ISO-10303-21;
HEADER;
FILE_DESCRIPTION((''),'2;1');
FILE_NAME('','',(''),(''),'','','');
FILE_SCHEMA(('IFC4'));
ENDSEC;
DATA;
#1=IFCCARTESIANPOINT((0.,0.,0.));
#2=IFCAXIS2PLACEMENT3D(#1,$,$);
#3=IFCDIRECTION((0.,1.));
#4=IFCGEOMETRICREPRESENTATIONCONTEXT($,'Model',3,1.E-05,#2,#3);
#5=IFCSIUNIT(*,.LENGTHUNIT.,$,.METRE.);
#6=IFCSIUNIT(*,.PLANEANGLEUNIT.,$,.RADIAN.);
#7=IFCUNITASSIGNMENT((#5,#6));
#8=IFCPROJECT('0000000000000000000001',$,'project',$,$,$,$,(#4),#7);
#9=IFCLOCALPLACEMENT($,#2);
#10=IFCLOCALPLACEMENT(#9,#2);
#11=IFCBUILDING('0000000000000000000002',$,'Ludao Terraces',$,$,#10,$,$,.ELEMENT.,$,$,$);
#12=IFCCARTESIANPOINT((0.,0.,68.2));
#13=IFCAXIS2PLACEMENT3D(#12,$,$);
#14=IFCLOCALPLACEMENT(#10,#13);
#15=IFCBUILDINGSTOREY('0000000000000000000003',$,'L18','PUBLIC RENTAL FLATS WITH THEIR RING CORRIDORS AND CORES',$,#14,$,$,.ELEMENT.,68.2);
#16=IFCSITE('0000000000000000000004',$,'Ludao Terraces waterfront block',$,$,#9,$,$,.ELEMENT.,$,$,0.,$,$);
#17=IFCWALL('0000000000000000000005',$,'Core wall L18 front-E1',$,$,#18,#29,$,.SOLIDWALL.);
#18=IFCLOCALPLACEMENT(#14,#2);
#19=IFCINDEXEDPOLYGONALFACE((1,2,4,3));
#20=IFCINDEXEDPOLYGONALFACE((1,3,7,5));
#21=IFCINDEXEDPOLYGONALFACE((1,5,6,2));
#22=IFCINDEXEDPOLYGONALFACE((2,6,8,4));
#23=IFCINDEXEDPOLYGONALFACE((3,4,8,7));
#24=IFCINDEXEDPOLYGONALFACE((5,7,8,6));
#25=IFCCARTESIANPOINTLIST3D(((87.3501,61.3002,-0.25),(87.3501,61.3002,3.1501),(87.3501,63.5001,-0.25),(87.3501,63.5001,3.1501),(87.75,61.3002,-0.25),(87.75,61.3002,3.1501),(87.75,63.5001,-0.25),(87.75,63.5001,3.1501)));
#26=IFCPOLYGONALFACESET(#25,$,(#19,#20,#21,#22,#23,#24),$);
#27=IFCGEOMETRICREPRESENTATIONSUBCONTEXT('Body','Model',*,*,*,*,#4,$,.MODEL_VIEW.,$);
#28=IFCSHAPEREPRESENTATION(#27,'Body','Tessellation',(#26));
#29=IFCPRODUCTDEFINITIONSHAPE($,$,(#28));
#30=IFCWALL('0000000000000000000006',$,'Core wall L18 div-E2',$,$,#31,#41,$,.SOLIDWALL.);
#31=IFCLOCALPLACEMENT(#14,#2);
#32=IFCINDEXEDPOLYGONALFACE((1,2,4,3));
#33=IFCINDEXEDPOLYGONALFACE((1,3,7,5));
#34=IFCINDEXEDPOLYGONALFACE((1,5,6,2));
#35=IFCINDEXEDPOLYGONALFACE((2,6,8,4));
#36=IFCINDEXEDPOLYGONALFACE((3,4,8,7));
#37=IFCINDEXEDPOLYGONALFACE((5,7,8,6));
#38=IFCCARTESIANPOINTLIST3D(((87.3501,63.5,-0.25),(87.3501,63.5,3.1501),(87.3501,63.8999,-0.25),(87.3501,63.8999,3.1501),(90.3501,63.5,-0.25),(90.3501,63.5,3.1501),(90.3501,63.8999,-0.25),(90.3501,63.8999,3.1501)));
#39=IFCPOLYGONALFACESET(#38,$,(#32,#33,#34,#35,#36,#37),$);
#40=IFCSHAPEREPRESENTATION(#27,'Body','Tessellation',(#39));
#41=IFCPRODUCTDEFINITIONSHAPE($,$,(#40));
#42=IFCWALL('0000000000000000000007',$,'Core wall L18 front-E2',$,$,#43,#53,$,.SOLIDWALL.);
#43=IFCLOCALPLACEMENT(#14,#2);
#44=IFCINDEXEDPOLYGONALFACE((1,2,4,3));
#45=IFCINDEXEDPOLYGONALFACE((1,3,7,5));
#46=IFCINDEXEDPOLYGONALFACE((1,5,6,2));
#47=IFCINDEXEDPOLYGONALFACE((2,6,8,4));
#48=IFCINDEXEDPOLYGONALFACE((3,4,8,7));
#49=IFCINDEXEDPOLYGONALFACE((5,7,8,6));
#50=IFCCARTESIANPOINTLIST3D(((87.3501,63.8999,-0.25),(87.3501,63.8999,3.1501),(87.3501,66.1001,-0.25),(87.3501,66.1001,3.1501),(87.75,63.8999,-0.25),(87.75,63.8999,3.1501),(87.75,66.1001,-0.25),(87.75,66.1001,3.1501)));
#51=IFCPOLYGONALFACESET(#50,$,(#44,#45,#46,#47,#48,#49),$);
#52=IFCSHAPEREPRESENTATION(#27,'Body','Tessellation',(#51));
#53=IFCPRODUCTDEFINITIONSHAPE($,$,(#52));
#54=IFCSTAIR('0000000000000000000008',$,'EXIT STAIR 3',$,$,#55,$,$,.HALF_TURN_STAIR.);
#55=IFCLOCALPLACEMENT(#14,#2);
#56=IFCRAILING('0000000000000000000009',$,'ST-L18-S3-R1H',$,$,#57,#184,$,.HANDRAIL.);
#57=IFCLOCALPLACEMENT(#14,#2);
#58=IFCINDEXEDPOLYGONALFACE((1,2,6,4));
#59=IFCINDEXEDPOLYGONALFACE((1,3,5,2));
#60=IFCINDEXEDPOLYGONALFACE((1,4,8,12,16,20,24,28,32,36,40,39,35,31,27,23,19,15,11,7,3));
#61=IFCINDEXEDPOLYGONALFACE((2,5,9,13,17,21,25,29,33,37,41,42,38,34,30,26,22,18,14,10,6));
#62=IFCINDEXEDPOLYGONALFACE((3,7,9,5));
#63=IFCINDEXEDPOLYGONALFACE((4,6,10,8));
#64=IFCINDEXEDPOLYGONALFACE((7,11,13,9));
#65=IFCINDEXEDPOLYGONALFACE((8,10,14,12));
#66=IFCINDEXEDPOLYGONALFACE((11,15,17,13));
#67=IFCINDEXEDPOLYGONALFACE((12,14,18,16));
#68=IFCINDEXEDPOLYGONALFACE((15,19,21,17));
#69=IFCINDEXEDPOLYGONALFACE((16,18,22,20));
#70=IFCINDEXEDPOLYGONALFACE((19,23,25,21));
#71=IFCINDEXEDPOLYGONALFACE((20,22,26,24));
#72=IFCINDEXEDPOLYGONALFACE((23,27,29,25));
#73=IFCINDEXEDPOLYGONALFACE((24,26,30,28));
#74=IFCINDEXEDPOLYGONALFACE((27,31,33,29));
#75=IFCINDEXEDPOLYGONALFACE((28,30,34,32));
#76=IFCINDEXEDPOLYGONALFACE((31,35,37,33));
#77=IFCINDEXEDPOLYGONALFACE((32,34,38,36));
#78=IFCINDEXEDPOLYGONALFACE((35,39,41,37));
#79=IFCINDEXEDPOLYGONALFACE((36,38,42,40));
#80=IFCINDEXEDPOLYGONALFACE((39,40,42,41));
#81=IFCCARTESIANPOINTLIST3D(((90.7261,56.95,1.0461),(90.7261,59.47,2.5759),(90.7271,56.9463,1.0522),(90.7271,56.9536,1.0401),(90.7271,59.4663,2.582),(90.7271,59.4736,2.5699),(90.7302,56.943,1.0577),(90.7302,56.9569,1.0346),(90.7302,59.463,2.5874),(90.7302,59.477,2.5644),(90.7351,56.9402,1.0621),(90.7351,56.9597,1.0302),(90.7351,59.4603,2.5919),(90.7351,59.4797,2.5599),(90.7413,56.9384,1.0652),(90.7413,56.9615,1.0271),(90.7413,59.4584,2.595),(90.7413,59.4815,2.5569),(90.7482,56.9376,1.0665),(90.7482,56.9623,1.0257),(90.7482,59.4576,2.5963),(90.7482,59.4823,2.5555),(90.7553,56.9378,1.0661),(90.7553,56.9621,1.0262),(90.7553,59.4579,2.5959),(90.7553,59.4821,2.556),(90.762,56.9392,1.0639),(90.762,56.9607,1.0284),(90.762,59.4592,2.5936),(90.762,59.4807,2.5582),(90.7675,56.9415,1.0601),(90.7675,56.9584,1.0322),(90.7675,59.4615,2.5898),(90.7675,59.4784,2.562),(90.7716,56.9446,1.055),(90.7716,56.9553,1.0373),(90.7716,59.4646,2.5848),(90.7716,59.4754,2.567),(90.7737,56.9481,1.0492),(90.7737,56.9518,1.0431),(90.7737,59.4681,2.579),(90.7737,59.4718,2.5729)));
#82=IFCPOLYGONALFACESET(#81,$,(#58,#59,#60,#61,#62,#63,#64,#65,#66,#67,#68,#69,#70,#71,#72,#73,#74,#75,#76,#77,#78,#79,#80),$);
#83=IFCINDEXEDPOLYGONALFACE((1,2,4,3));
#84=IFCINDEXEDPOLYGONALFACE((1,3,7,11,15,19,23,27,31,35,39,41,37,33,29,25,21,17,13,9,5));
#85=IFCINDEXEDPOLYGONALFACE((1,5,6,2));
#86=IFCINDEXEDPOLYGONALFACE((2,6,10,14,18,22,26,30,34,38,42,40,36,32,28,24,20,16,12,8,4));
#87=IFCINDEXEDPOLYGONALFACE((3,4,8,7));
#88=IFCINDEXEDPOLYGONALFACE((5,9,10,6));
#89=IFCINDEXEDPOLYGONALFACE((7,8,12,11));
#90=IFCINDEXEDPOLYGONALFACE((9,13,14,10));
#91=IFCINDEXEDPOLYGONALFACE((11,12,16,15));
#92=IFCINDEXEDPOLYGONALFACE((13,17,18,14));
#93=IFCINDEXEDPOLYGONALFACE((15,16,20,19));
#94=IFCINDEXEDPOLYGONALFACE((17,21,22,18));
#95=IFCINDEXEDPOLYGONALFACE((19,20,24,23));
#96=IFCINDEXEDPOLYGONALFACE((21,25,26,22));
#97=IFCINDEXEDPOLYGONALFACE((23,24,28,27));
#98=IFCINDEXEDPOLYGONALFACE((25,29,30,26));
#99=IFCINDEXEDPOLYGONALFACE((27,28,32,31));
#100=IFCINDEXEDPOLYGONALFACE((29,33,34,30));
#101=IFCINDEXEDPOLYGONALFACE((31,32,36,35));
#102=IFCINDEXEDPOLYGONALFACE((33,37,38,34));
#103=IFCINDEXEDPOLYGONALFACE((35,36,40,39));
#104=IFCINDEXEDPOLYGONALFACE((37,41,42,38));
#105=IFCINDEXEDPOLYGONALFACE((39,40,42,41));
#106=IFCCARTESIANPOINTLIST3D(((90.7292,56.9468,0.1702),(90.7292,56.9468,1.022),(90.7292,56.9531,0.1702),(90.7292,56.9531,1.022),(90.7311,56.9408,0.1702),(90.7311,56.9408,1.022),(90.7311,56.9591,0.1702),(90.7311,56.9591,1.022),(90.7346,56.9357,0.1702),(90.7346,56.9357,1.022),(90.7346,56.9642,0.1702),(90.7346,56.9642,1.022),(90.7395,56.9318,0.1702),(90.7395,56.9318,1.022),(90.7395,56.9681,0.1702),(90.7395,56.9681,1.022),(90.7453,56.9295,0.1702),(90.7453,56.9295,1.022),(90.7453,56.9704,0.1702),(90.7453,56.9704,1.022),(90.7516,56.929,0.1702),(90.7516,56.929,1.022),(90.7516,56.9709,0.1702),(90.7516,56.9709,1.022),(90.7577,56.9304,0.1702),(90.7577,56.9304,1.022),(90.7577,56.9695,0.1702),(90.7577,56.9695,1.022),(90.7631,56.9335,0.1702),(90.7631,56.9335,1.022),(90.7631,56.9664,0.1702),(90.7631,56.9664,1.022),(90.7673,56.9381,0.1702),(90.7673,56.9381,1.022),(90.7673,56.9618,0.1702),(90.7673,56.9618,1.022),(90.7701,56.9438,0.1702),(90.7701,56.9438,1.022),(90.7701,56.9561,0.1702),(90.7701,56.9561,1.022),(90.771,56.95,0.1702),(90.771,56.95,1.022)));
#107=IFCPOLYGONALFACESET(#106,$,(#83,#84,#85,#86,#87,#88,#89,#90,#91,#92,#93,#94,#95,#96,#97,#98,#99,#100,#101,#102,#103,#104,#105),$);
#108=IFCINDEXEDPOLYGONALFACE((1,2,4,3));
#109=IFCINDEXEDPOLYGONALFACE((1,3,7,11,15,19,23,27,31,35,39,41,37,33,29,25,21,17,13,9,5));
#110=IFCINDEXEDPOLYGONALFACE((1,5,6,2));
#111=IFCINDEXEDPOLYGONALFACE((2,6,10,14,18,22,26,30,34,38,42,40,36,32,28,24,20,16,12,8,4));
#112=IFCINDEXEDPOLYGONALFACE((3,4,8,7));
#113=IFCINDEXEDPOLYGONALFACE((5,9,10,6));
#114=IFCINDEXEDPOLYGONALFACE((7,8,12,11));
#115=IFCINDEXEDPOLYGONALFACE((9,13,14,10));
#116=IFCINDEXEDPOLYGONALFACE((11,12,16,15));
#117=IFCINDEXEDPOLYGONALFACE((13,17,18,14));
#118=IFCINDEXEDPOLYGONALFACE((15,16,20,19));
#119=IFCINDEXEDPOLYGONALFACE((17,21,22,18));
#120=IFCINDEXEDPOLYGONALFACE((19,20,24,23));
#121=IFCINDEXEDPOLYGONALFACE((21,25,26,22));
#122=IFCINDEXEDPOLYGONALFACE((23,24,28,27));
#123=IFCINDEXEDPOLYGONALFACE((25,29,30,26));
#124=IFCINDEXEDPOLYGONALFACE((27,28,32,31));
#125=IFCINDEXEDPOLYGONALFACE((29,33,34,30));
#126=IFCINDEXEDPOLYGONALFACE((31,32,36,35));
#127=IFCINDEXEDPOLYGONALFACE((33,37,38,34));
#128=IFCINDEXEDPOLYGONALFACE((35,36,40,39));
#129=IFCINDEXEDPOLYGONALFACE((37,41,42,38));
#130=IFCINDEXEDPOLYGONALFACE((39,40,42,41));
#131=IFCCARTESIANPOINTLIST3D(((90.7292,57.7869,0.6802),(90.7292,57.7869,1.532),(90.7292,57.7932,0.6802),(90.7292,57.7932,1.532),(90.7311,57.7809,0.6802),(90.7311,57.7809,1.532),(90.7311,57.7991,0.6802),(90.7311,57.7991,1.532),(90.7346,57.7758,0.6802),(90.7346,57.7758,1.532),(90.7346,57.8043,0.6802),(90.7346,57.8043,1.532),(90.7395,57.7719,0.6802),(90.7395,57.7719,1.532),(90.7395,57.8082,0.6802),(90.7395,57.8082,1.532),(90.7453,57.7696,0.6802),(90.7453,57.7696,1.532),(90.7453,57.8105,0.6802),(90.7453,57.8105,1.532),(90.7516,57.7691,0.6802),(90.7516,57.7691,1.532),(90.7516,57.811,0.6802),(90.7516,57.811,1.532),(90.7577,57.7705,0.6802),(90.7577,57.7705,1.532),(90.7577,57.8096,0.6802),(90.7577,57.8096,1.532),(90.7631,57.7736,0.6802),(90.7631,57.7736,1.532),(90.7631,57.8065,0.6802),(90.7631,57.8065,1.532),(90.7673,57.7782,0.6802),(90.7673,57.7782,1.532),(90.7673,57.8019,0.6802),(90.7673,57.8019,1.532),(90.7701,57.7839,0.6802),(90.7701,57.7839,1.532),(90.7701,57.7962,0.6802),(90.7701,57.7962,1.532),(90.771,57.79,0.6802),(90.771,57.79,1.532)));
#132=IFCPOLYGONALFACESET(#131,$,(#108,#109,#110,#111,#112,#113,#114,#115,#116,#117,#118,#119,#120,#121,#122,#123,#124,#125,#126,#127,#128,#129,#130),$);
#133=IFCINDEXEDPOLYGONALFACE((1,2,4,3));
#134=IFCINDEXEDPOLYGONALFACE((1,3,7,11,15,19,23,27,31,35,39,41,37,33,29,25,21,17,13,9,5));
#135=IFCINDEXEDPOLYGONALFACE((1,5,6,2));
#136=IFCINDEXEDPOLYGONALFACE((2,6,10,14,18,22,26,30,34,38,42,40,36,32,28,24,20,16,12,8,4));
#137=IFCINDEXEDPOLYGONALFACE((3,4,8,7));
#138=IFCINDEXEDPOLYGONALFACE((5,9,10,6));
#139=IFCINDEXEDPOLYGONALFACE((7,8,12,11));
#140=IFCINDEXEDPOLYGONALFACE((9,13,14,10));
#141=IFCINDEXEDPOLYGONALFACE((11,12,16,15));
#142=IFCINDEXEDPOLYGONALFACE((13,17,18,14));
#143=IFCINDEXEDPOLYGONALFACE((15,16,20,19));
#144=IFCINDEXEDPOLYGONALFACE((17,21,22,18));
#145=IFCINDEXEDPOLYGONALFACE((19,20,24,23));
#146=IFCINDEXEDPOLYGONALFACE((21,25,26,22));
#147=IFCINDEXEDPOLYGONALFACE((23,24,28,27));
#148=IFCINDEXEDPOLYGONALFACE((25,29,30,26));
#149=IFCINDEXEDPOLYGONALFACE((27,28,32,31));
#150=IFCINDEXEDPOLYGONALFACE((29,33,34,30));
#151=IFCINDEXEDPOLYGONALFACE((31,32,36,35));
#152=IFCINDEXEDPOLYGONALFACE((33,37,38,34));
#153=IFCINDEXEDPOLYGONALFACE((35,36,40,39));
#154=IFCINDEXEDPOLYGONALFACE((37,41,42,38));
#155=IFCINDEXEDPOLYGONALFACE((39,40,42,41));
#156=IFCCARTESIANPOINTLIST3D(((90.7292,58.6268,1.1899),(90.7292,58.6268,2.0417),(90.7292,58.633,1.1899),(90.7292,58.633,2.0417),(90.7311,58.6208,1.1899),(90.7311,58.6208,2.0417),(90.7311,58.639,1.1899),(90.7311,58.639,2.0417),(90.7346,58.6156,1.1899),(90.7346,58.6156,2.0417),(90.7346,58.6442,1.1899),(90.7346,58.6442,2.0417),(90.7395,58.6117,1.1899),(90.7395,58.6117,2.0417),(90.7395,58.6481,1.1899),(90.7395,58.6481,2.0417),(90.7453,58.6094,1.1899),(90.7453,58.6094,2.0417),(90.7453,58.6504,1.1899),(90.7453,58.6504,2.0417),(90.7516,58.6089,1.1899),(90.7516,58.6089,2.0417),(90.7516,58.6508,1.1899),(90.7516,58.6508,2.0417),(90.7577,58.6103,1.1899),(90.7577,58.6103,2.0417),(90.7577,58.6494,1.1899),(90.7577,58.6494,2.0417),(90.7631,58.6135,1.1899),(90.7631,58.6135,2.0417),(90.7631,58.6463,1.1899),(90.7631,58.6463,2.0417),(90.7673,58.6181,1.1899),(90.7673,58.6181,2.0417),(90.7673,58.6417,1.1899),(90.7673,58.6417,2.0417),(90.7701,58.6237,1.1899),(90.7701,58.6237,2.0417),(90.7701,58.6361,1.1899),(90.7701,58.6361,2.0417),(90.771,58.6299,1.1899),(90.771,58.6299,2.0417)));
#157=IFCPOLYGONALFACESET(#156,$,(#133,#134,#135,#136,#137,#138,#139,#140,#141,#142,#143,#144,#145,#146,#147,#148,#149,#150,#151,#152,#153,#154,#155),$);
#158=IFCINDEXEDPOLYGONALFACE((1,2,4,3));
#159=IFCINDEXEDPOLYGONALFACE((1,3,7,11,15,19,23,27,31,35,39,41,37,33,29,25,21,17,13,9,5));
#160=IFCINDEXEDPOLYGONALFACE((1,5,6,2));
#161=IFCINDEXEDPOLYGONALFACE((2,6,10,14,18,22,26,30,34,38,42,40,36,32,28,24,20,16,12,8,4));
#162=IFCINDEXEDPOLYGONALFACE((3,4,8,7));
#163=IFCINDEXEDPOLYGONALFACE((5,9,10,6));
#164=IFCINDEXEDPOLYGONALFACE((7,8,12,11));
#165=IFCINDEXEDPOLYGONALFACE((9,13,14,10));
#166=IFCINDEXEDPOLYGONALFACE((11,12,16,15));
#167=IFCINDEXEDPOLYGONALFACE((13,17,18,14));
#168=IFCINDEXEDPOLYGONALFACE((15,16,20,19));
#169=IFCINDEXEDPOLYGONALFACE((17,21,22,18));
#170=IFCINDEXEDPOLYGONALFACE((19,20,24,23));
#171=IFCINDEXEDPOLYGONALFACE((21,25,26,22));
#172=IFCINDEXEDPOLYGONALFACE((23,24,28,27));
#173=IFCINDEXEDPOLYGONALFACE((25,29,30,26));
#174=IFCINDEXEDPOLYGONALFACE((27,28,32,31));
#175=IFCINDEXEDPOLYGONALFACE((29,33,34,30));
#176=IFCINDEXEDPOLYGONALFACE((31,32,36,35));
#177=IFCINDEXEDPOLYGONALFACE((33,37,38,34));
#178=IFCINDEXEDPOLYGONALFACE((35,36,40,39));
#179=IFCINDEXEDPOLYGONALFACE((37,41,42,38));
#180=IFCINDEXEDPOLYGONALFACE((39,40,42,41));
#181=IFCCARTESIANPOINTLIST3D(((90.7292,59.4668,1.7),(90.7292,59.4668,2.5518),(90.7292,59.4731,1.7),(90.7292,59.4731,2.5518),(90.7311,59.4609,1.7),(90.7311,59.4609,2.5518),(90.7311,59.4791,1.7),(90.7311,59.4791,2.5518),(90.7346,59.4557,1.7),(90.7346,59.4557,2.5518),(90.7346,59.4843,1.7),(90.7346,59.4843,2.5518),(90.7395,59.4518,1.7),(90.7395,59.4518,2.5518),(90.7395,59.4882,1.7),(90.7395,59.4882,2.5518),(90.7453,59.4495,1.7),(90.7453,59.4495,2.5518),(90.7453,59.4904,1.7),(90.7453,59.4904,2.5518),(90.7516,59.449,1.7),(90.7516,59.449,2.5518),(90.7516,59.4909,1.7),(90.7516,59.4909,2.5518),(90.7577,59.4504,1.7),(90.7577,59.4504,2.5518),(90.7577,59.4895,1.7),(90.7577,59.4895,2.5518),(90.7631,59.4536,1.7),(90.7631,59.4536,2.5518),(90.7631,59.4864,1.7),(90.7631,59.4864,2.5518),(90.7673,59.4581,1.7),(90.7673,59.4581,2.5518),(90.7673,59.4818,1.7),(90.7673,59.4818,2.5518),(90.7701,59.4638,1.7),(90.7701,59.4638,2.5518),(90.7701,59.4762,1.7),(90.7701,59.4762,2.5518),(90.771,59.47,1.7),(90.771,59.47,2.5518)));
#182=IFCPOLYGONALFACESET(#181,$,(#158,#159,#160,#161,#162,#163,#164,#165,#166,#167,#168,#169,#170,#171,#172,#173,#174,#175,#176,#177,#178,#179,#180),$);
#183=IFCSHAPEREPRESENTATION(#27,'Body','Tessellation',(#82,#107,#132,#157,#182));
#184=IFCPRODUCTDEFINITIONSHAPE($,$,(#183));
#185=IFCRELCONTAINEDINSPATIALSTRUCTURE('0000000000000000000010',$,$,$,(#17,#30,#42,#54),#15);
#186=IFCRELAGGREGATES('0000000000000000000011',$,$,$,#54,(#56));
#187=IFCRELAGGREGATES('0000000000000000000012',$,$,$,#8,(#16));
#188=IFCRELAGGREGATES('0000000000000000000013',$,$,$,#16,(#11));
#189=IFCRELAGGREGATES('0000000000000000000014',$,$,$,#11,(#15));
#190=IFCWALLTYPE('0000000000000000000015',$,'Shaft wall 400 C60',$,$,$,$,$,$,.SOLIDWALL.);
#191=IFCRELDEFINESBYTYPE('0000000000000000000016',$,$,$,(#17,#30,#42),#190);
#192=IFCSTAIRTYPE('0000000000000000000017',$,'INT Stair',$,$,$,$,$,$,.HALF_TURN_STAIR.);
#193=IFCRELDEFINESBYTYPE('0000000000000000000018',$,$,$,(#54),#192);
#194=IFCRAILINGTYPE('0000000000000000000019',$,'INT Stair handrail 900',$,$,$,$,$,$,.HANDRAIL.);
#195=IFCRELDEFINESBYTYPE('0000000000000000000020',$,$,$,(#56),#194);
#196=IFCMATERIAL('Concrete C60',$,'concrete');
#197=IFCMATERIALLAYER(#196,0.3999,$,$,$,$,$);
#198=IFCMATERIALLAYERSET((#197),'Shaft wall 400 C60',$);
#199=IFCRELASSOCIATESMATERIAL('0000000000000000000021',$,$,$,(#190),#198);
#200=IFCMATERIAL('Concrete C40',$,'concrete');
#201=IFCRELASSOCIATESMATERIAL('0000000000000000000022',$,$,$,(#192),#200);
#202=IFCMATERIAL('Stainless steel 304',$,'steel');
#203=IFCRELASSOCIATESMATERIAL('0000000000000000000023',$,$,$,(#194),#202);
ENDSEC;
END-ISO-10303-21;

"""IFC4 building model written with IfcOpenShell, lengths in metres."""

from ifc_helpers import new_model, si_unit, direction, frame, frame_2d, origin, origin_2d, place, context, subcontext, project, spatial, rectangle, circle, extrude, material, layer, layer_set, type_object, element, aggregate, save


model = new_model("IFC4")

# Units and contexts
model_context = context("Model", 3, precision=1e-05, world=origin(), true_north=direction((0.0, 1.0)))
body_context = subcontext(model_context, "Body", "Model", "MODEL_VIEW")
ifc_project = project(units=[si_unit("LENGTHUNIT", "METRE"), si_unit("PLANEANGLEUNIT", "RADIAN")], contexts=[model_context])

# Site, building, storey
site_placement = place(None, origin())
site = spatial("IfcSite", under=ifc_project, at=site_placement, Name="Ludao Terraces waterfront block", CompositionType="ELEMENT", RefElevation=0.0)
building_placement = place(site_placement, origin())
building = spatial("IfcBuilding", under=site, at=building_placement, Name="Ludao Terraces", CompositionType="ELEMENT")
storey_placement = place(building_placement, frame((0.0, 0.0, 68.2)))
storey = spatial("IfcBuildingStorey", under=building, at=storey_placement, Name="L18", Description="PUBLIC RENTAL FLATS WITH THEIR RING CORRIDORS AND CORES", CompositionType="ELEMENT", Elevation=68.2)

# Shared definitions
ifc_material_1 = material(Name="Concrete C60", Category="concrete")
ifc_layer_1 = layer(ifc_material_1, 0.3999)
ifc_layer_set_1 = layer_set([ifc_layer_1], Name="Shaft wall 400 C60")
wall_type_1 = type_object("IfcWallType", Name="Shaft wall 400 C60", PredefinedType="SOLIDWALL", material=ifc_layer_set_1)

# Walls
wall_1_placement = place(storey_placement, frame((87.55, 61.3, -0.25), z_axis=(0.0, 0.0, 1.0), x_axis=(0.0, 1.0, 0.0)))
element("IfcWall", 1, at=wall_1_placement, inside=storey, type_object=wall_type_1, Name="Core wall L18 front-E1", PredefinedType="SOLIDWALL", context=body_context, shape_type="SweptSolid", body=[
    extrude(rectangle(XDim=2.2, YDim=0.3999, at=frame_2d((1.1001, 0.0))), origin(), (0.0, 0.0, 1.0), 3.4001),
])
wall_2_placement = place(storey_placement, frame((87.3501, 63.7, -0.25), z_axis=(0.0, 0.0, 1.0), x_axis=(1.0, 0.0, 0.0)))
element("IfcWall", 2, at=wall_2_placement, inside=storey, type_object=wall_type_1, Name="Core wall L18 div-E2", PredefinedType="SOLIDWALL", context=body_context, shape_type="SweptSolid", body=[
    extrude(rectangle(XDim=3.0, YDim=0.3999, at=frame_2d((1.5, 0.0))), origin(), (0.0, 0.0, 1.0), 3.4001),
])
wall_3_placement = place(storey_placement, frame((87.55, 63.8999, -0.25), z_axis=(0.0, 0.0, 1.0), x_axis=(0.0, 1.0, 0.0)))
element("IfcWall", 3, at=wall_3_placement, inside=storey, type_object=wall_type_1, Name="Core wall L18 front-E2", PredefinedType="SOLIDWALL", context=body_context, shape_type="SweptSolid", body=[
    extrude(rectangle(XDim=2.2002, YDim=0.3999, at=frame_2d((1.1001, 0.0))), origin(), (0.0, 0.0, 1.0), 3.4001),
])

# Stair, railing
ifc_material_2 = material(Name="Concrete C40", Category="concrete")
stair_type = type_object("IfcStairType", Name="INT Stair", PredefinedType="HALF_TURN_STAIR", material=ifc_material_2)
stair_placement = place(storey_placement, origin())
stair = element("IfcStair", 4, at=stair_placement, inside=storey, type_object=stair_type, Name="EXIT STAIR 3", PredefinedType="HALF_TURN_STAIR")
ifc_material_3 = material(Name="Stainless steel 304", Category="steel")
railing_type = type_object("IfcRailingType", Name="INT Stair handrail 900", PredefinedType="HANDRAIL", material=ifc_material_3)
railing_placement = place(storey_placement, frame((90.75, 56.95, 0.1702)))
railing = element("IfcRailing", 5, at=railing_placement, type_object=railing_type, Name="ST-L18-S3-R1H", PredefinedType="HANDRAIL", context=body_context, shape_type="SweptSolid", body=[
    extrude(circle(Radius=0.0239, at=origin_2d()), frame((0.0, 0.0, 0.876), z_axis=(0.0, 0.854822, 0.518922), x_axis=(-1.0, 0.0, 0.0)), (0.0, 0.0, 1.0), 2.948),
    extrude(circle(Radius=0.021, at=origin_2d()), origin(), (0.0, 0.0, 1.0), 0.8518),
    extrude(circle(Radius=0.021, at=origin_2d()), frame((0.0, 0.8401, 0.51)), (0.0, 0.0, 1.0), 0.8518),
    extrude(circle(Radius=0.021, at=origin_2d()), frame((0.0, 1.6799, 1.0198)), (0.0, 0.0, 1.0), 0.8518),
    extrude(circle(Radius=0.021, at=origin_2d()), frame((0.0, 2.52, 1.5298)), (0.0, 0.0, 1.0), 0.8518),
])
aggregate(stair, [railing])

save(model, "model.ifc")
